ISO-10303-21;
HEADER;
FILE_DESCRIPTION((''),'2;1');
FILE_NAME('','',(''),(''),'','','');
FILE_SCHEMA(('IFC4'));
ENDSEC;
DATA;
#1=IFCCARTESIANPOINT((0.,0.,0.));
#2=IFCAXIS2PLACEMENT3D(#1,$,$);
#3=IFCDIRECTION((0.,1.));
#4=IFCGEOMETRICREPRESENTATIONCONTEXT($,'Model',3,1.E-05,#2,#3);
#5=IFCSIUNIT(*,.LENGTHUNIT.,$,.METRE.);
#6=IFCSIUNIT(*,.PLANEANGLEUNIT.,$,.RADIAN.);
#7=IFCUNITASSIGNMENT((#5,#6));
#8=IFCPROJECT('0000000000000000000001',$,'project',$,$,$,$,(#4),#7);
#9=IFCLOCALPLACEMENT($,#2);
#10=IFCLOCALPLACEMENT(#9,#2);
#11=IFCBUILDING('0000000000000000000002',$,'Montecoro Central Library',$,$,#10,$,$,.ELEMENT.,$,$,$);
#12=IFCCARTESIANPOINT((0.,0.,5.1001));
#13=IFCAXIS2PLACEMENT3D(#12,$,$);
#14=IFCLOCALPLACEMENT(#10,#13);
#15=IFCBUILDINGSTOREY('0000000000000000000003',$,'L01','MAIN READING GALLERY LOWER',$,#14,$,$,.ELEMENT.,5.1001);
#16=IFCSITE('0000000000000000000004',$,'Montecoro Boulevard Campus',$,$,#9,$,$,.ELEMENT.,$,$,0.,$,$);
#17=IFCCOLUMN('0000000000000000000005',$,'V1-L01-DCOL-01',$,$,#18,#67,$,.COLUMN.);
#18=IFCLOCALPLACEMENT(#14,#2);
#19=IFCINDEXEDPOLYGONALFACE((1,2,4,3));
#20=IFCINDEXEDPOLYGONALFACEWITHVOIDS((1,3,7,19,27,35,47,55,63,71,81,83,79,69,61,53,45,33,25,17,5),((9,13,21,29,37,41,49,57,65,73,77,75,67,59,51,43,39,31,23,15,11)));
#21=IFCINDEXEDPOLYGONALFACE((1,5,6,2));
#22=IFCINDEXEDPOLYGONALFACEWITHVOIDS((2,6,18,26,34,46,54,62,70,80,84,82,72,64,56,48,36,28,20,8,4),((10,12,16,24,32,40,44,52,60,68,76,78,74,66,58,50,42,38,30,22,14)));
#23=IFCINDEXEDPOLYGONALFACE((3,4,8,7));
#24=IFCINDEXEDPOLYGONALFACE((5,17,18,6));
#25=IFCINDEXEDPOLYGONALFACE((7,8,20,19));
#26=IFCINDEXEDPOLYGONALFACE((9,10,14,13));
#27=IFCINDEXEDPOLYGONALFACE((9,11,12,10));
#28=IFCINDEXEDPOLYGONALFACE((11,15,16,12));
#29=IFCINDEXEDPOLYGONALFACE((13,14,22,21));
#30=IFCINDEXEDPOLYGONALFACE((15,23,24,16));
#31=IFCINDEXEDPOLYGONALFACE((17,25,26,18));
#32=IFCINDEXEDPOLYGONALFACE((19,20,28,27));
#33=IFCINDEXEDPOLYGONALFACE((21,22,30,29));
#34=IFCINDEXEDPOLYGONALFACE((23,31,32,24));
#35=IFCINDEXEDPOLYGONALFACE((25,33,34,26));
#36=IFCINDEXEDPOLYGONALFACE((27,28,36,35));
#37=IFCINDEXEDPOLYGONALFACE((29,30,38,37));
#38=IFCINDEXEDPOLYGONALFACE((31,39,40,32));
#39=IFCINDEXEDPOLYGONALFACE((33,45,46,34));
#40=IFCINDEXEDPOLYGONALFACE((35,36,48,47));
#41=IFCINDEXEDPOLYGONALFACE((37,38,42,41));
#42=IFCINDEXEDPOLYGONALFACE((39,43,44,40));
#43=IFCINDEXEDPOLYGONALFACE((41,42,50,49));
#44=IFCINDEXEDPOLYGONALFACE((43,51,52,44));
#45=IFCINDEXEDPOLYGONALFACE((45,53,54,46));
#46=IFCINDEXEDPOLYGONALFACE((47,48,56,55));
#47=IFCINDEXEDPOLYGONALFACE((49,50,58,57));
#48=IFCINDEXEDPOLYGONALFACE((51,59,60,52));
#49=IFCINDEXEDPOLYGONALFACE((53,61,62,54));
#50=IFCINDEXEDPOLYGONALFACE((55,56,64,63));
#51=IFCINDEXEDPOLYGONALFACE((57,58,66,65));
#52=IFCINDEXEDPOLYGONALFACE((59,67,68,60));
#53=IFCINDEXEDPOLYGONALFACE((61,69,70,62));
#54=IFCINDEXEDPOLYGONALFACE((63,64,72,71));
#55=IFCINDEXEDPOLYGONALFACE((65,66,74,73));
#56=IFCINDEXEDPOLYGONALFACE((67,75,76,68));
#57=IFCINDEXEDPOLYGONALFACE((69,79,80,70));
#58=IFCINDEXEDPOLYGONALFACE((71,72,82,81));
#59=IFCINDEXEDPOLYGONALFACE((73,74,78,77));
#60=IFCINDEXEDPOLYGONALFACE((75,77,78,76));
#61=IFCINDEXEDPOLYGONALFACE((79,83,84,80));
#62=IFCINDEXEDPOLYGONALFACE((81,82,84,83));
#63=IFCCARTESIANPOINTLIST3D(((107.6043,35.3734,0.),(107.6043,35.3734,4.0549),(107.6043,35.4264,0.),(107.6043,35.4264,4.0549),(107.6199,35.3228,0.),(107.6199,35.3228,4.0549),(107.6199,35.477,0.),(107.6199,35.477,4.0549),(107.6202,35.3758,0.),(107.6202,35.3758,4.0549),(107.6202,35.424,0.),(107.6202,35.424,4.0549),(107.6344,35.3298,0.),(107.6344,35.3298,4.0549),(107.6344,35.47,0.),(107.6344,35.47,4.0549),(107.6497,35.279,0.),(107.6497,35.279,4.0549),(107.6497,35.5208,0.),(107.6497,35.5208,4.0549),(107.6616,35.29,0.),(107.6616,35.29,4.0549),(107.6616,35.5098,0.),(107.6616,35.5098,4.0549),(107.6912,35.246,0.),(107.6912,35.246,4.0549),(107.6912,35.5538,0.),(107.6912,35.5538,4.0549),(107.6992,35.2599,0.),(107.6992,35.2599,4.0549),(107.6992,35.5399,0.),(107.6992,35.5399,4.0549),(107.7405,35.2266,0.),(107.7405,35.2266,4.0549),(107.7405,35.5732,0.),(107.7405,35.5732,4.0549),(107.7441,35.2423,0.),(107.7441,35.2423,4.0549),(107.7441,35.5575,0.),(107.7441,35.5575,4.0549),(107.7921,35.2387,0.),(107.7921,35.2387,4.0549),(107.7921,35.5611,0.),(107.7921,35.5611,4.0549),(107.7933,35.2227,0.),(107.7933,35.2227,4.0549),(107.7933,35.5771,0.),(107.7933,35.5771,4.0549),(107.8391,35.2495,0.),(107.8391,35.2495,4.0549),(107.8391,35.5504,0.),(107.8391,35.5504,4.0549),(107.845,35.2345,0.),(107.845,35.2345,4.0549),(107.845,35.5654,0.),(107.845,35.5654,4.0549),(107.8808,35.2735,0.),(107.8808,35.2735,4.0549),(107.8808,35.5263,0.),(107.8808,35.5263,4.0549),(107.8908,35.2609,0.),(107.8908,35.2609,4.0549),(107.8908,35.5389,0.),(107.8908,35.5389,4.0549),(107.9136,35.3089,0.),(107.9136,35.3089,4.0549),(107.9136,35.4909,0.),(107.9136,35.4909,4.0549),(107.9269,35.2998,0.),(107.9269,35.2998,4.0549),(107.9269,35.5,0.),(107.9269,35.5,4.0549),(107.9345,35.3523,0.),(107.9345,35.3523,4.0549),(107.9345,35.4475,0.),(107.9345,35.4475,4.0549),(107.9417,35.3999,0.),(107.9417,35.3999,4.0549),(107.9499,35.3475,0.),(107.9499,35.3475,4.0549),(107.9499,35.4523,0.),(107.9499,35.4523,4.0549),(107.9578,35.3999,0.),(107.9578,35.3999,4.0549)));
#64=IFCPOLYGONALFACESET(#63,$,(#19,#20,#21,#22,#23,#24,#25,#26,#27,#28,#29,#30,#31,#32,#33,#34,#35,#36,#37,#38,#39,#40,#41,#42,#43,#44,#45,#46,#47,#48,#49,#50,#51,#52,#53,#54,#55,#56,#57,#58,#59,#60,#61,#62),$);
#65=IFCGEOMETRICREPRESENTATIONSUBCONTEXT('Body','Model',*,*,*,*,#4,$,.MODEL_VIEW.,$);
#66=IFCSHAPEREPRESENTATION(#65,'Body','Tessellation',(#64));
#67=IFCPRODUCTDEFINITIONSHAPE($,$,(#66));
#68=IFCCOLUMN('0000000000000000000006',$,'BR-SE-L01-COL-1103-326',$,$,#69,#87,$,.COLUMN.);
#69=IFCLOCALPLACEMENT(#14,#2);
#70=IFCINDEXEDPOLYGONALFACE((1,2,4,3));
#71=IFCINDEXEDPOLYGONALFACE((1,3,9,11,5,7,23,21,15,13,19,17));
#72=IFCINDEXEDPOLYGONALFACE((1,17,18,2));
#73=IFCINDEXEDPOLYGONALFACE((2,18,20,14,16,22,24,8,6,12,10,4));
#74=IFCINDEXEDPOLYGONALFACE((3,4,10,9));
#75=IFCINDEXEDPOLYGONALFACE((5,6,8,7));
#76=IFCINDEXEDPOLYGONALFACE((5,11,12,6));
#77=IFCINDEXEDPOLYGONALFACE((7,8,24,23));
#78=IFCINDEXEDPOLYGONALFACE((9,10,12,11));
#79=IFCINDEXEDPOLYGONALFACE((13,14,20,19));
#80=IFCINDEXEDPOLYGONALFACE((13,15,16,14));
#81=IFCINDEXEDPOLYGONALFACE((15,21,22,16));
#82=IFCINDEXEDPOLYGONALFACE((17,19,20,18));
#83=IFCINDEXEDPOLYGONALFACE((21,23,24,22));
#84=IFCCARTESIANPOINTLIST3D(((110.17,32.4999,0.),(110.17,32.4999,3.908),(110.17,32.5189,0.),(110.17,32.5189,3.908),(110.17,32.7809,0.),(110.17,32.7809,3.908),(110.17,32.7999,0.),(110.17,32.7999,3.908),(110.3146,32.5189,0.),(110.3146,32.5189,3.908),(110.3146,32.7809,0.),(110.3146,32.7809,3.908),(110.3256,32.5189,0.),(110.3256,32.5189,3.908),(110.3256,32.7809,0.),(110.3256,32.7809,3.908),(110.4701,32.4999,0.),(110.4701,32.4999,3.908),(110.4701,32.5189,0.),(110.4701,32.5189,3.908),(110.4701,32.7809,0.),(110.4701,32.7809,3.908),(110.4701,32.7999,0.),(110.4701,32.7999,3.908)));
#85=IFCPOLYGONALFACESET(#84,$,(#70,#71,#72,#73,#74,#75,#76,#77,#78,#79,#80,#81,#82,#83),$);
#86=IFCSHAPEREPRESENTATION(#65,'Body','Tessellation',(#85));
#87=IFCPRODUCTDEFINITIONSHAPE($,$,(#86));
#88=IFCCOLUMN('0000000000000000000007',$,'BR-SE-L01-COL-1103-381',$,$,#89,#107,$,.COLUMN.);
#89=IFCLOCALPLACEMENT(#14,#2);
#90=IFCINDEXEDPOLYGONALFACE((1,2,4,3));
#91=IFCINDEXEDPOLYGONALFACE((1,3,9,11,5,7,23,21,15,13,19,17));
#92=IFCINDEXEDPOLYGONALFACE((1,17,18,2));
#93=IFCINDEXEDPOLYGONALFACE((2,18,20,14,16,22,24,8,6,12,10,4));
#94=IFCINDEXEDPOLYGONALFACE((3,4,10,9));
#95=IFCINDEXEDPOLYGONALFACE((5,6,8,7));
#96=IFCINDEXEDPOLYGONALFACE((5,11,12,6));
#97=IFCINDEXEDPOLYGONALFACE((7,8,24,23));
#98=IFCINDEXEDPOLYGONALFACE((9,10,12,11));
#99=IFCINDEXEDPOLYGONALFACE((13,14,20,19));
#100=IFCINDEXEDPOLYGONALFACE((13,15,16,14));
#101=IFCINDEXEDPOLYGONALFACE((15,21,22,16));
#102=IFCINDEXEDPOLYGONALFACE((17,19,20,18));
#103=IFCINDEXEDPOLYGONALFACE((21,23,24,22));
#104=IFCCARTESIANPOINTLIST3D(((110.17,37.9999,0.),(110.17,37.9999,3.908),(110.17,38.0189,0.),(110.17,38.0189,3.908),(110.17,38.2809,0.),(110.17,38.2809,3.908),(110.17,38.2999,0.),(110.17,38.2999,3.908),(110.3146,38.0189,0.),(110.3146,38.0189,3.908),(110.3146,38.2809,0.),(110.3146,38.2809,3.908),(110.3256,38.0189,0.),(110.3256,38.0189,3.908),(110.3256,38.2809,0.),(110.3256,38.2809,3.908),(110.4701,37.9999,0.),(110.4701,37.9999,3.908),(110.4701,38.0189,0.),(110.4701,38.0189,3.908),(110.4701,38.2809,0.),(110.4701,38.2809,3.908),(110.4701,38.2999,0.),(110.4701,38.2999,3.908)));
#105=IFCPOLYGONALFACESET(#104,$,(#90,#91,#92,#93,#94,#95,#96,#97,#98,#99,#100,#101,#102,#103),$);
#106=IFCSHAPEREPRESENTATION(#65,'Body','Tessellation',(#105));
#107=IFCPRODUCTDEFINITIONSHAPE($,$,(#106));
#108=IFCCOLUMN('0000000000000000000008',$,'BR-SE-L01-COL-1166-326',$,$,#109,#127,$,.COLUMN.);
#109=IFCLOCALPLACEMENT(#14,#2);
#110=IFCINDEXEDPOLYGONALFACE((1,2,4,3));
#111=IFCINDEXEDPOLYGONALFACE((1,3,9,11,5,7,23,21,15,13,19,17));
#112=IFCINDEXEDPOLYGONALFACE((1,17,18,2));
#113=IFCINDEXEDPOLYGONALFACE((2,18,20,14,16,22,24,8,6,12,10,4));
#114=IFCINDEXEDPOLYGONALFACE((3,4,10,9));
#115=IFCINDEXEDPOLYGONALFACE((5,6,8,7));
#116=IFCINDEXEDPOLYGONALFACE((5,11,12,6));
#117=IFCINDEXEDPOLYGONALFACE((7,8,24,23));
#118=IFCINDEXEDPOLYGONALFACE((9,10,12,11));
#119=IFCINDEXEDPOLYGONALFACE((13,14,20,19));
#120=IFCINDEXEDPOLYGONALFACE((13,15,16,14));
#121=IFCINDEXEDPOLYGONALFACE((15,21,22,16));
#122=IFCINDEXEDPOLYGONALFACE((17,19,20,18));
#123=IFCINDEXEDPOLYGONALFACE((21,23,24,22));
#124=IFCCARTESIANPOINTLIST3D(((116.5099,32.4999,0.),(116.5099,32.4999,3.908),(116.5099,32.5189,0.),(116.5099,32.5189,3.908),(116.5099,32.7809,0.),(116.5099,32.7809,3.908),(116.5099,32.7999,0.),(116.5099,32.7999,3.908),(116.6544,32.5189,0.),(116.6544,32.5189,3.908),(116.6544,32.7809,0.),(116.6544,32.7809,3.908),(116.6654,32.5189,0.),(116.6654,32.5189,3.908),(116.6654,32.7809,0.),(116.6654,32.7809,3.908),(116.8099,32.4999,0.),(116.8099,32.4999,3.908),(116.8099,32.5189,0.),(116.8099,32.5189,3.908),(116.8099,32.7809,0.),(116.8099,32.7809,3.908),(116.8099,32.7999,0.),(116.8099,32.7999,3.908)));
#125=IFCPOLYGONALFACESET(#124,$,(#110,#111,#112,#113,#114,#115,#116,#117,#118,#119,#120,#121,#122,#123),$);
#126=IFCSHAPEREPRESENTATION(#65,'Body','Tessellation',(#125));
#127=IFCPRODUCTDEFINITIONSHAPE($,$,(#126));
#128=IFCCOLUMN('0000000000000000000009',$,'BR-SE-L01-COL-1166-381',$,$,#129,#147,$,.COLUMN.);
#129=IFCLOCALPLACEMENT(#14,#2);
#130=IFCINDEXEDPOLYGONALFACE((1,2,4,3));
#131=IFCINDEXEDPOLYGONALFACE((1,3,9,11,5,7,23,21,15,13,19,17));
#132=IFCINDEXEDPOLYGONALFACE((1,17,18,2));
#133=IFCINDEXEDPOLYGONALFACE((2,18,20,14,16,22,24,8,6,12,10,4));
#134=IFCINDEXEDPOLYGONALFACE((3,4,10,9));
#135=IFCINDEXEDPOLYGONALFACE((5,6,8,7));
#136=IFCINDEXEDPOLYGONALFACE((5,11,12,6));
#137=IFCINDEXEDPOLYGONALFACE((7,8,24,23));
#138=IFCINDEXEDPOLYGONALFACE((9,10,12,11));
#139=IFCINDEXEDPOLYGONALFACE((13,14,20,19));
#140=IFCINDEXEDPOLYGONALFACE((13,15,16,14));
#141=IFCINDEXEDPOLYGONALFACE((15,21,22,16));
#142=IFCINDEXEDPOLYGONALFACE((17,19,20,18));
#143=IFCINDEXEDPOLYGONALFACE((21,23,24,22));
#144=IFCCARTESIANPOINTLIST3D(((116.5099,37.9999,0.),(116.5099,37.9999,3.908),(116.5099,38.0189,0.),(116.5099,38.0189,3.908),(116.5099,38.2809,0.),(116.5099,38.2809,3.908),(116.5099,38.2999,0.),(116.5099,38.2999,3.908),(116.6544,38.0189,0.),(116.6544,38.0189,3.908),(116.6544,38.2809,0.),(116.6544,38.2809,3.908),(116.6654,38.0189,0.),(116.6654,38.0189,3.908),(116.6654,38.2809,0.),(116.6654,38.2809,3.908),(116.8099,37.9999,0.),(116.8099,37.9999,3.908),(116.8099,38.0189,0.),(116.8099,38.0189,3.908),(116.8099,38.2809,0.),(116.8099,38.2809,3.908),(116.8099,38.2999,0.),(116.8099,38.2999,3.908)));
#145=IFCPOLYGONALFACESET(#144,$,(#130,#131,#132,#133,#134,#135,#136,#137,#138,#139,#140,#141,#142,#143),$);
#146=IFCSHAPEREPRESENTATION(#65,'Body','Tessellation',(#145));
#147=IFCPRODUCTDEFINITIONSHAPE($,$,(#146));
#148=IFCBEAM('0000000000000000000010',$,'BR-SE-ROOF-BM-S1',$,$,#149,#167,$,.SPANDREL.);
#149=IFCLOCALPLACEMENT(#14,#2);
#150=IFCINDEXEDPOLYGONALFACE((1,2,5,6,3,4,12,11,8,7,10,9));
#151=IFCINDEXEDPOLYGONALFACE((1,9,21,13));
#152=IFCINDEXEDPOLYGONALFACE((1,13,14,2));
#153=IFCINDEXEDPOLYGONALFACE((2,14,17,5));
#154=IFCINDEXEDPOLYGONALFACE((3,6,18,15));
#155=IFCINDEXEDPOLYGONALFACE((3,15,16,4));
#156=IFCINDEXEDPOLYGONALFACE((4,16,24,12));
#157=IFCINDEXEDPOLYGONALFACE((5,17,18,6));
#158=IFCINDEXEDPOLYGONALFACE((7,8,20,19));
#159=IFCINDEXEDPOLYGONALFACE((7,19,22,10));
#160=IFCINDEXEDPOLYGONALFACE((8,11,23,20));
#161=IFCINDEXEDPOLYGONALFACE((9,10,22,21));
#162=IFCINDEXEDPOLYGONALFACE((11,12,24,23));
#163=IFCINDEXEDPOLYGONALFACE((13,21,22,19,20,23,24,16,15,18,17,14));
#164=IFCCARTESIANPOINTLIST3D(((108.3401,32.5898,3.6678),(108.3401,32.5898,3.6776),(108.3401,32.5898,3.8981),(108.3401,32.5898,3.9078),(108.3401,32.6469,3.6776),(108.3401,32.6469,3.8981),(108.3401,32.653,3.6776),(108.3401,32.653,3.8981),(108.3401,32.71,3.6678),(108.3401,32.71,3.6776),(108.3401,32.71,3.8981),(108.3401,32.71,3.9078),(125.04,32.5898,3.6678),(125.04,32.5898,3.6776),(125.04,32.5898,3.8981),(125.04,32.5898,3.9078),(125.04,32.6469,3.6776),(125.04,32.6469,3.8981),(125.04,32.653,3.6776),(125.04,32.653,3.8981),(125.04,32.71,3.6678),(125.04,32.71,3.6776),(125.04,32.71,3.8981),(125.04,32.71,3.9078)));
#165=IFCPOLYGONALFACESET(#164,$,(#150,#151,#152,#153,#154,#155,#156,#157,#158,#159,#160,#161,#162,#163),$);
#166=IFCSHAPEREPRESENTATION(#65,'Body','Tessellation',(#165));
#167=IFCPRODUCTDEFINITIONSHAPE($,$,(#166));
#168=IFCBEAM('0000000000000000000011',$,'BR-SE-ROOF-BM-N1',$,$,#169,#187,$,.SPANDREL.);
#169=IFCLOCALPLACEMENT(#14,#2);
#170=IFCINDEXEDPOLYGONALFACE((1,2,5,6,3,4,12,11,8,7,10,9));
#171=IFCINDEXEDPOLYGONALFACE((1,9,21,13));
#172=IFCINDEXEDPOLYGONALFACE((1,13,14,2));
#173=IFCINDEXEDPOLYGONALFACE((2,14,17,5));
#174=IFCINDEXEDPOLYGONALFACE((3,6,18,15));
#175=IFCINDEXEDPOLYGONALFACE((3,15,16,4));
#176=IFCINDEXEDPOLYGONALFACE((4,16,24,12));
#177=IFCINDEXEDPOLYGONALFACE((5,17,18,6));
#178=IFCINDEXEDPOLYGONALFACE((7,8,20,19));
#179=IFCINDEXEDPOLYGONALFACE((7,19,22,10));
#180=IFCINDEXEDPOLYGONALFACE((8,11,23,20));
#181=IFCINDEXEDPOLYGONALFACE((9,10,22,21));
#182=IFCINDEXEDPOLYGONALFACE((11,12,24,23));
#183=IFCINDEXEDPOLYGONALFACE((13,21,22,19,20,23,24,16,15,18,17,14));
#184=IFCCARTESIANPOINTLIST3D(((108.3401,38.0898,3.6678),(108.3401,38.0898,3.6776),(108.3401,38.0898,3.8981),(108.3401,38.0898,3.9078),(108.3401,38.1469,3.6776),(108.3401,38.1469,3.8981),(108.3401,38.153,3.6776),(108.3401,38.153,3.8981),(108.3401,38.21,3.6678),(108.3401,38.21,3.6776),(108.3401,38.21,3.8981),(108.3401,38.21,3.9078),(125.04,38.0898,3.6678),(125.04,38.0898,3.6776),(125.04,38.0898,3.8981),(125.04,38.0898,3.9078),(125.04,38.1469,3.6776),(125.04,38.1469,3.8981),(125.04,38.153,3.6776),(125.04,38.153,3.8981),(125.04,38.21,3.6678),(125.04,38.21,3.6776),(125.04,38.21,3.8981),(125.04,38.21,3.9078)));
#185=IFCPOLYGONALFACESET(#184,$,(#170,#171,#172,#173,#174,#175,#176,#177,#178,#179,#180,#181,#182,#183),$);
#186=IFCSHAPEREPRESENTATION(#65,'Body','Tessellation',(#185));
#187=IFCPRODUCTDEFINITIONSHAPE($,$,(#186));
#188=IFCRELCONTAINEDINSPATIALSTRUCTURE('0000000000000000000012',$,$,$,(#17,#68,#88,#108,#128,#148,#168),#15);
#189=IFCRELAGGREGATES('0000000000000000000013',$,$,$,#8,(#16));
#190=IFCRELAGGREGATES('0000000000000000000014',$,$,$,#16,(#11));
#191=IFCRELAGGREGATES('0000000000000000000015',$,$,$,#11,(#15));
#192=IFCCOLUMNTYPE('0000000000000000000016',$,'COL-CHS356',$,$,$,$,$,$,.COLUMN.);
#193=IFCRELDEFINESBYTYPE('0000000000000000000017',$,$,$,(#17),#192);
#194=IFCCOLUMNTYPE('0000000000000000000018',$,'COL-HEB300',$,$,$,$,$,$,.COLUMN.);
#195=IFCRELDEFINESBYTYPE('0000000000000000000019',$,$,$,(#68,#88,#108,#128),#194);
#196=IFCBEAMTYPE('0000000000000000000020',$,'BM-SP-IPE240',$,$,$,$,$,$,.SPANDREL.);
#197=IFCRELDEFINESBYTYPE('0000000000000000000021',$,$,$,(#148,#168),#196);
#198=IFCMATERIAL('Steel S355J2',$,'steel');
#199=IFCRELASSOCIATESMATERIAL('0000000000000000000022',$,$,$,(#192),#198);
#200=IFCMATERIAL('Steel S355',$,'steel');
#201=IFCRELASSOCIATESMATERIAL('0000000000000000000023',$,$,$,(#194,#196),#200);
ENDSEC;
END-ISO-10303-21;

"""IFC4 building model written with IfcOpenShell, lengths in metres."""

from ifc_helpers import new_model, si_unit, direction, frame, origin, origin_2d, place, context, subcontext, project, spatial, hollow_circle, i_section, extrude, material, material_profile, profile_set, type_object, element, save


model = new_model("IFC4")

# Units and contexts
model_context = context("Model", 3, precision=1e-05, world=origin(), true_north=direction((0.0, 1.0)))
body_context = subcontext(model_context, "Body", "Model", "MODEL_VIEW")
ifc_project = project(units=[si_unit("LENGTHUNIT", "METRE"), si_unit("PLANEANGLEUNIT", "RADIAN")], contexts=[model_context])

# Site, building, storey
site_placement = place(None, origin())
site = spatial("IfcSite", under=ifc_project, at=site_placement, Name="Montecoro Boulevard Campus", CompositionType="ELEMENT", RefElevation=0.0)
building_placement = place(site_placement, origin())
building = spatial("IfcBuilding", under=site, at=building_placement, Name="Montecoro Central Library", CompositionType="ELEMENT")
storey_placement = place(building_placement, frame((0.0, 0.0, 5.1001)))
storey = spatial("IfcBuildingStorey", under=building, at=storey_placement, Name="L01", Description="MAIN READING GALLERY LOWER", CompositionType="ELEMENT", Elevation=5.1001)

# Columns
ifc_material_1 = material(Name="Steel S355J2", Category="steel")
ifc_material_profile_1 = material_profile(ifc_material_1, hollow_circle(Radius=0.1777, WallThickness=0.0161, at=origin_2d()), Name="CHS 355.6x16.0")
ifc_profile_set_1 = profile_set([ifc_material_profile_1], Name="Steel S355J2")
column_type_1 = type_object("IfcColumnType", Name="COL-CHS356", PredefinedType="COLUMN", material=ifc_profile_set_1)
column_placement = place(storey_placement, frame((107.78, 35.3999, 0.0), z_axis=(0.0, 0.0, 1.0), x_axis=(1.0, 0.0, 0.0)))
element("IfcColumn", 1, at=column_placement, inside=storey, type_object=column_type_1, Name="V1-L01-DCOL-01", PredefinedType="COLUMN", context=body_context, shape_type="SweptSolid", body=[
    extrude(hollow_circle(Radius=0.1777, WallThickness=0.0161, at=origin_2d()), origin(), (0.0, 0.0, 1.0), 4.0549),
])
ifc_material_2 = material(Name="Steel S355", Category="steel")
ifc_material_profile_2 = material_profile(ifc_material_2, i_section(OverallWidth=0.3, OverallDepth=0.3, WebThickness=0.011, FlangeThickness=0.019, at=origin_2d()), Name="HEB 300")
ifc_profile_set_2 = profile_set([ifc_material_profile_2], Name="Steel S355")
column_type_2 = type_object("IfcColumnType", Name="COL-HEB300", PredefinedType="COLUMN", material=ifc_profile_set_2)
for number, where, z_axis, x_axis, name in (
    (2, (110.3201, 32.6499, 0.0), (0.0, 0.0, 1.0), (1.0, 0.0, 0.0), "BR-SE-L01-COL-1103-326"),
    (3, (110.3201, 38.1499, 0.0), (0.0, 0.0, 1.0), (1.0, 0.0, 0.0), "BR-SE-L01-COL-1103-381"),
    (4, (116.6599, 32.6499, 0.0), (0.0, 0.0, 1.0), (1.0, 0.0, 0.0), "BR-SE-L01-COL-1166-326"),
    (5, (116.6599, 38.1499, 0.0), (0.0, 0.0, 1.0), (1.0, 0.0, 0.0), "BR-SE-L01-COL-1166-381"),
):
    element("IfcColumn", number, at=place(storey_placement, frame(where, z_axis=z_axis, x_axis=x_axis)), inside=storey, type_object=column_type_2, Name=name, PredefinedType="COLUMN", context=body_context, shape_type="SweptSolid", body=[
        extrude(i_section(OverallWidth=0.3, OverallDepth=0.3, WebThickness=0.011, FlangeThickness=0.019, at=origin_2d()), origin(), (0.0, 0.0, 1.0), 3.908),
    ])

# Beams
ifc_material_profile_3 = material_profile(ifc_material_2, i_section(OverallWidth=0.1201, OverallDepth=0.24, WebThickness=0.0061, FlangeThickness=0.0098, at=origin_2d()), Name="IPE 240")
ifc_profile_set_3 = profile_set([ifc_material_profile_3], Name="Steel S355")
beam_type_1 = type_object("IfcBeamType", Name="BM-SP-IPE240", PredefinedType="SPANDREL", material=ifc_profile_set_3)
for number, where, z_axis, x_axis, name in (
    (6, (108.3401, 32.6499, 3.7878), (1.0, 0.0, 0.0), (0.0, 1.0, 0.0), "BR-SE-ROOF-BM-S1"),
    (7, (108.3401, 38.1499, 3.7878), (1.0, 0.0, 0.0), (0.0, 1.0, 0.0), "BR-SE-ROOF-BM-N1"),
):
    element("IfcBeam", number, at=place(storey_placement, frame(where, z_axis=z_axis, x_axis=x_axis)), inside=storey, type_object=beam_type_1, Name=name, PredefinedType="SPANDREL", context=body_context, shape_type="SweptSolid", body=[
        extrude(i_section(OverallWidth=0.1201, OverallDepth=0.24, WebThickness=0.0061, FlangeThickness=0.0098, at=origin_2d()), origin(), (0.0, 0.0, 1.0), 16.7),
    ])

save(model, "model.ifc")
